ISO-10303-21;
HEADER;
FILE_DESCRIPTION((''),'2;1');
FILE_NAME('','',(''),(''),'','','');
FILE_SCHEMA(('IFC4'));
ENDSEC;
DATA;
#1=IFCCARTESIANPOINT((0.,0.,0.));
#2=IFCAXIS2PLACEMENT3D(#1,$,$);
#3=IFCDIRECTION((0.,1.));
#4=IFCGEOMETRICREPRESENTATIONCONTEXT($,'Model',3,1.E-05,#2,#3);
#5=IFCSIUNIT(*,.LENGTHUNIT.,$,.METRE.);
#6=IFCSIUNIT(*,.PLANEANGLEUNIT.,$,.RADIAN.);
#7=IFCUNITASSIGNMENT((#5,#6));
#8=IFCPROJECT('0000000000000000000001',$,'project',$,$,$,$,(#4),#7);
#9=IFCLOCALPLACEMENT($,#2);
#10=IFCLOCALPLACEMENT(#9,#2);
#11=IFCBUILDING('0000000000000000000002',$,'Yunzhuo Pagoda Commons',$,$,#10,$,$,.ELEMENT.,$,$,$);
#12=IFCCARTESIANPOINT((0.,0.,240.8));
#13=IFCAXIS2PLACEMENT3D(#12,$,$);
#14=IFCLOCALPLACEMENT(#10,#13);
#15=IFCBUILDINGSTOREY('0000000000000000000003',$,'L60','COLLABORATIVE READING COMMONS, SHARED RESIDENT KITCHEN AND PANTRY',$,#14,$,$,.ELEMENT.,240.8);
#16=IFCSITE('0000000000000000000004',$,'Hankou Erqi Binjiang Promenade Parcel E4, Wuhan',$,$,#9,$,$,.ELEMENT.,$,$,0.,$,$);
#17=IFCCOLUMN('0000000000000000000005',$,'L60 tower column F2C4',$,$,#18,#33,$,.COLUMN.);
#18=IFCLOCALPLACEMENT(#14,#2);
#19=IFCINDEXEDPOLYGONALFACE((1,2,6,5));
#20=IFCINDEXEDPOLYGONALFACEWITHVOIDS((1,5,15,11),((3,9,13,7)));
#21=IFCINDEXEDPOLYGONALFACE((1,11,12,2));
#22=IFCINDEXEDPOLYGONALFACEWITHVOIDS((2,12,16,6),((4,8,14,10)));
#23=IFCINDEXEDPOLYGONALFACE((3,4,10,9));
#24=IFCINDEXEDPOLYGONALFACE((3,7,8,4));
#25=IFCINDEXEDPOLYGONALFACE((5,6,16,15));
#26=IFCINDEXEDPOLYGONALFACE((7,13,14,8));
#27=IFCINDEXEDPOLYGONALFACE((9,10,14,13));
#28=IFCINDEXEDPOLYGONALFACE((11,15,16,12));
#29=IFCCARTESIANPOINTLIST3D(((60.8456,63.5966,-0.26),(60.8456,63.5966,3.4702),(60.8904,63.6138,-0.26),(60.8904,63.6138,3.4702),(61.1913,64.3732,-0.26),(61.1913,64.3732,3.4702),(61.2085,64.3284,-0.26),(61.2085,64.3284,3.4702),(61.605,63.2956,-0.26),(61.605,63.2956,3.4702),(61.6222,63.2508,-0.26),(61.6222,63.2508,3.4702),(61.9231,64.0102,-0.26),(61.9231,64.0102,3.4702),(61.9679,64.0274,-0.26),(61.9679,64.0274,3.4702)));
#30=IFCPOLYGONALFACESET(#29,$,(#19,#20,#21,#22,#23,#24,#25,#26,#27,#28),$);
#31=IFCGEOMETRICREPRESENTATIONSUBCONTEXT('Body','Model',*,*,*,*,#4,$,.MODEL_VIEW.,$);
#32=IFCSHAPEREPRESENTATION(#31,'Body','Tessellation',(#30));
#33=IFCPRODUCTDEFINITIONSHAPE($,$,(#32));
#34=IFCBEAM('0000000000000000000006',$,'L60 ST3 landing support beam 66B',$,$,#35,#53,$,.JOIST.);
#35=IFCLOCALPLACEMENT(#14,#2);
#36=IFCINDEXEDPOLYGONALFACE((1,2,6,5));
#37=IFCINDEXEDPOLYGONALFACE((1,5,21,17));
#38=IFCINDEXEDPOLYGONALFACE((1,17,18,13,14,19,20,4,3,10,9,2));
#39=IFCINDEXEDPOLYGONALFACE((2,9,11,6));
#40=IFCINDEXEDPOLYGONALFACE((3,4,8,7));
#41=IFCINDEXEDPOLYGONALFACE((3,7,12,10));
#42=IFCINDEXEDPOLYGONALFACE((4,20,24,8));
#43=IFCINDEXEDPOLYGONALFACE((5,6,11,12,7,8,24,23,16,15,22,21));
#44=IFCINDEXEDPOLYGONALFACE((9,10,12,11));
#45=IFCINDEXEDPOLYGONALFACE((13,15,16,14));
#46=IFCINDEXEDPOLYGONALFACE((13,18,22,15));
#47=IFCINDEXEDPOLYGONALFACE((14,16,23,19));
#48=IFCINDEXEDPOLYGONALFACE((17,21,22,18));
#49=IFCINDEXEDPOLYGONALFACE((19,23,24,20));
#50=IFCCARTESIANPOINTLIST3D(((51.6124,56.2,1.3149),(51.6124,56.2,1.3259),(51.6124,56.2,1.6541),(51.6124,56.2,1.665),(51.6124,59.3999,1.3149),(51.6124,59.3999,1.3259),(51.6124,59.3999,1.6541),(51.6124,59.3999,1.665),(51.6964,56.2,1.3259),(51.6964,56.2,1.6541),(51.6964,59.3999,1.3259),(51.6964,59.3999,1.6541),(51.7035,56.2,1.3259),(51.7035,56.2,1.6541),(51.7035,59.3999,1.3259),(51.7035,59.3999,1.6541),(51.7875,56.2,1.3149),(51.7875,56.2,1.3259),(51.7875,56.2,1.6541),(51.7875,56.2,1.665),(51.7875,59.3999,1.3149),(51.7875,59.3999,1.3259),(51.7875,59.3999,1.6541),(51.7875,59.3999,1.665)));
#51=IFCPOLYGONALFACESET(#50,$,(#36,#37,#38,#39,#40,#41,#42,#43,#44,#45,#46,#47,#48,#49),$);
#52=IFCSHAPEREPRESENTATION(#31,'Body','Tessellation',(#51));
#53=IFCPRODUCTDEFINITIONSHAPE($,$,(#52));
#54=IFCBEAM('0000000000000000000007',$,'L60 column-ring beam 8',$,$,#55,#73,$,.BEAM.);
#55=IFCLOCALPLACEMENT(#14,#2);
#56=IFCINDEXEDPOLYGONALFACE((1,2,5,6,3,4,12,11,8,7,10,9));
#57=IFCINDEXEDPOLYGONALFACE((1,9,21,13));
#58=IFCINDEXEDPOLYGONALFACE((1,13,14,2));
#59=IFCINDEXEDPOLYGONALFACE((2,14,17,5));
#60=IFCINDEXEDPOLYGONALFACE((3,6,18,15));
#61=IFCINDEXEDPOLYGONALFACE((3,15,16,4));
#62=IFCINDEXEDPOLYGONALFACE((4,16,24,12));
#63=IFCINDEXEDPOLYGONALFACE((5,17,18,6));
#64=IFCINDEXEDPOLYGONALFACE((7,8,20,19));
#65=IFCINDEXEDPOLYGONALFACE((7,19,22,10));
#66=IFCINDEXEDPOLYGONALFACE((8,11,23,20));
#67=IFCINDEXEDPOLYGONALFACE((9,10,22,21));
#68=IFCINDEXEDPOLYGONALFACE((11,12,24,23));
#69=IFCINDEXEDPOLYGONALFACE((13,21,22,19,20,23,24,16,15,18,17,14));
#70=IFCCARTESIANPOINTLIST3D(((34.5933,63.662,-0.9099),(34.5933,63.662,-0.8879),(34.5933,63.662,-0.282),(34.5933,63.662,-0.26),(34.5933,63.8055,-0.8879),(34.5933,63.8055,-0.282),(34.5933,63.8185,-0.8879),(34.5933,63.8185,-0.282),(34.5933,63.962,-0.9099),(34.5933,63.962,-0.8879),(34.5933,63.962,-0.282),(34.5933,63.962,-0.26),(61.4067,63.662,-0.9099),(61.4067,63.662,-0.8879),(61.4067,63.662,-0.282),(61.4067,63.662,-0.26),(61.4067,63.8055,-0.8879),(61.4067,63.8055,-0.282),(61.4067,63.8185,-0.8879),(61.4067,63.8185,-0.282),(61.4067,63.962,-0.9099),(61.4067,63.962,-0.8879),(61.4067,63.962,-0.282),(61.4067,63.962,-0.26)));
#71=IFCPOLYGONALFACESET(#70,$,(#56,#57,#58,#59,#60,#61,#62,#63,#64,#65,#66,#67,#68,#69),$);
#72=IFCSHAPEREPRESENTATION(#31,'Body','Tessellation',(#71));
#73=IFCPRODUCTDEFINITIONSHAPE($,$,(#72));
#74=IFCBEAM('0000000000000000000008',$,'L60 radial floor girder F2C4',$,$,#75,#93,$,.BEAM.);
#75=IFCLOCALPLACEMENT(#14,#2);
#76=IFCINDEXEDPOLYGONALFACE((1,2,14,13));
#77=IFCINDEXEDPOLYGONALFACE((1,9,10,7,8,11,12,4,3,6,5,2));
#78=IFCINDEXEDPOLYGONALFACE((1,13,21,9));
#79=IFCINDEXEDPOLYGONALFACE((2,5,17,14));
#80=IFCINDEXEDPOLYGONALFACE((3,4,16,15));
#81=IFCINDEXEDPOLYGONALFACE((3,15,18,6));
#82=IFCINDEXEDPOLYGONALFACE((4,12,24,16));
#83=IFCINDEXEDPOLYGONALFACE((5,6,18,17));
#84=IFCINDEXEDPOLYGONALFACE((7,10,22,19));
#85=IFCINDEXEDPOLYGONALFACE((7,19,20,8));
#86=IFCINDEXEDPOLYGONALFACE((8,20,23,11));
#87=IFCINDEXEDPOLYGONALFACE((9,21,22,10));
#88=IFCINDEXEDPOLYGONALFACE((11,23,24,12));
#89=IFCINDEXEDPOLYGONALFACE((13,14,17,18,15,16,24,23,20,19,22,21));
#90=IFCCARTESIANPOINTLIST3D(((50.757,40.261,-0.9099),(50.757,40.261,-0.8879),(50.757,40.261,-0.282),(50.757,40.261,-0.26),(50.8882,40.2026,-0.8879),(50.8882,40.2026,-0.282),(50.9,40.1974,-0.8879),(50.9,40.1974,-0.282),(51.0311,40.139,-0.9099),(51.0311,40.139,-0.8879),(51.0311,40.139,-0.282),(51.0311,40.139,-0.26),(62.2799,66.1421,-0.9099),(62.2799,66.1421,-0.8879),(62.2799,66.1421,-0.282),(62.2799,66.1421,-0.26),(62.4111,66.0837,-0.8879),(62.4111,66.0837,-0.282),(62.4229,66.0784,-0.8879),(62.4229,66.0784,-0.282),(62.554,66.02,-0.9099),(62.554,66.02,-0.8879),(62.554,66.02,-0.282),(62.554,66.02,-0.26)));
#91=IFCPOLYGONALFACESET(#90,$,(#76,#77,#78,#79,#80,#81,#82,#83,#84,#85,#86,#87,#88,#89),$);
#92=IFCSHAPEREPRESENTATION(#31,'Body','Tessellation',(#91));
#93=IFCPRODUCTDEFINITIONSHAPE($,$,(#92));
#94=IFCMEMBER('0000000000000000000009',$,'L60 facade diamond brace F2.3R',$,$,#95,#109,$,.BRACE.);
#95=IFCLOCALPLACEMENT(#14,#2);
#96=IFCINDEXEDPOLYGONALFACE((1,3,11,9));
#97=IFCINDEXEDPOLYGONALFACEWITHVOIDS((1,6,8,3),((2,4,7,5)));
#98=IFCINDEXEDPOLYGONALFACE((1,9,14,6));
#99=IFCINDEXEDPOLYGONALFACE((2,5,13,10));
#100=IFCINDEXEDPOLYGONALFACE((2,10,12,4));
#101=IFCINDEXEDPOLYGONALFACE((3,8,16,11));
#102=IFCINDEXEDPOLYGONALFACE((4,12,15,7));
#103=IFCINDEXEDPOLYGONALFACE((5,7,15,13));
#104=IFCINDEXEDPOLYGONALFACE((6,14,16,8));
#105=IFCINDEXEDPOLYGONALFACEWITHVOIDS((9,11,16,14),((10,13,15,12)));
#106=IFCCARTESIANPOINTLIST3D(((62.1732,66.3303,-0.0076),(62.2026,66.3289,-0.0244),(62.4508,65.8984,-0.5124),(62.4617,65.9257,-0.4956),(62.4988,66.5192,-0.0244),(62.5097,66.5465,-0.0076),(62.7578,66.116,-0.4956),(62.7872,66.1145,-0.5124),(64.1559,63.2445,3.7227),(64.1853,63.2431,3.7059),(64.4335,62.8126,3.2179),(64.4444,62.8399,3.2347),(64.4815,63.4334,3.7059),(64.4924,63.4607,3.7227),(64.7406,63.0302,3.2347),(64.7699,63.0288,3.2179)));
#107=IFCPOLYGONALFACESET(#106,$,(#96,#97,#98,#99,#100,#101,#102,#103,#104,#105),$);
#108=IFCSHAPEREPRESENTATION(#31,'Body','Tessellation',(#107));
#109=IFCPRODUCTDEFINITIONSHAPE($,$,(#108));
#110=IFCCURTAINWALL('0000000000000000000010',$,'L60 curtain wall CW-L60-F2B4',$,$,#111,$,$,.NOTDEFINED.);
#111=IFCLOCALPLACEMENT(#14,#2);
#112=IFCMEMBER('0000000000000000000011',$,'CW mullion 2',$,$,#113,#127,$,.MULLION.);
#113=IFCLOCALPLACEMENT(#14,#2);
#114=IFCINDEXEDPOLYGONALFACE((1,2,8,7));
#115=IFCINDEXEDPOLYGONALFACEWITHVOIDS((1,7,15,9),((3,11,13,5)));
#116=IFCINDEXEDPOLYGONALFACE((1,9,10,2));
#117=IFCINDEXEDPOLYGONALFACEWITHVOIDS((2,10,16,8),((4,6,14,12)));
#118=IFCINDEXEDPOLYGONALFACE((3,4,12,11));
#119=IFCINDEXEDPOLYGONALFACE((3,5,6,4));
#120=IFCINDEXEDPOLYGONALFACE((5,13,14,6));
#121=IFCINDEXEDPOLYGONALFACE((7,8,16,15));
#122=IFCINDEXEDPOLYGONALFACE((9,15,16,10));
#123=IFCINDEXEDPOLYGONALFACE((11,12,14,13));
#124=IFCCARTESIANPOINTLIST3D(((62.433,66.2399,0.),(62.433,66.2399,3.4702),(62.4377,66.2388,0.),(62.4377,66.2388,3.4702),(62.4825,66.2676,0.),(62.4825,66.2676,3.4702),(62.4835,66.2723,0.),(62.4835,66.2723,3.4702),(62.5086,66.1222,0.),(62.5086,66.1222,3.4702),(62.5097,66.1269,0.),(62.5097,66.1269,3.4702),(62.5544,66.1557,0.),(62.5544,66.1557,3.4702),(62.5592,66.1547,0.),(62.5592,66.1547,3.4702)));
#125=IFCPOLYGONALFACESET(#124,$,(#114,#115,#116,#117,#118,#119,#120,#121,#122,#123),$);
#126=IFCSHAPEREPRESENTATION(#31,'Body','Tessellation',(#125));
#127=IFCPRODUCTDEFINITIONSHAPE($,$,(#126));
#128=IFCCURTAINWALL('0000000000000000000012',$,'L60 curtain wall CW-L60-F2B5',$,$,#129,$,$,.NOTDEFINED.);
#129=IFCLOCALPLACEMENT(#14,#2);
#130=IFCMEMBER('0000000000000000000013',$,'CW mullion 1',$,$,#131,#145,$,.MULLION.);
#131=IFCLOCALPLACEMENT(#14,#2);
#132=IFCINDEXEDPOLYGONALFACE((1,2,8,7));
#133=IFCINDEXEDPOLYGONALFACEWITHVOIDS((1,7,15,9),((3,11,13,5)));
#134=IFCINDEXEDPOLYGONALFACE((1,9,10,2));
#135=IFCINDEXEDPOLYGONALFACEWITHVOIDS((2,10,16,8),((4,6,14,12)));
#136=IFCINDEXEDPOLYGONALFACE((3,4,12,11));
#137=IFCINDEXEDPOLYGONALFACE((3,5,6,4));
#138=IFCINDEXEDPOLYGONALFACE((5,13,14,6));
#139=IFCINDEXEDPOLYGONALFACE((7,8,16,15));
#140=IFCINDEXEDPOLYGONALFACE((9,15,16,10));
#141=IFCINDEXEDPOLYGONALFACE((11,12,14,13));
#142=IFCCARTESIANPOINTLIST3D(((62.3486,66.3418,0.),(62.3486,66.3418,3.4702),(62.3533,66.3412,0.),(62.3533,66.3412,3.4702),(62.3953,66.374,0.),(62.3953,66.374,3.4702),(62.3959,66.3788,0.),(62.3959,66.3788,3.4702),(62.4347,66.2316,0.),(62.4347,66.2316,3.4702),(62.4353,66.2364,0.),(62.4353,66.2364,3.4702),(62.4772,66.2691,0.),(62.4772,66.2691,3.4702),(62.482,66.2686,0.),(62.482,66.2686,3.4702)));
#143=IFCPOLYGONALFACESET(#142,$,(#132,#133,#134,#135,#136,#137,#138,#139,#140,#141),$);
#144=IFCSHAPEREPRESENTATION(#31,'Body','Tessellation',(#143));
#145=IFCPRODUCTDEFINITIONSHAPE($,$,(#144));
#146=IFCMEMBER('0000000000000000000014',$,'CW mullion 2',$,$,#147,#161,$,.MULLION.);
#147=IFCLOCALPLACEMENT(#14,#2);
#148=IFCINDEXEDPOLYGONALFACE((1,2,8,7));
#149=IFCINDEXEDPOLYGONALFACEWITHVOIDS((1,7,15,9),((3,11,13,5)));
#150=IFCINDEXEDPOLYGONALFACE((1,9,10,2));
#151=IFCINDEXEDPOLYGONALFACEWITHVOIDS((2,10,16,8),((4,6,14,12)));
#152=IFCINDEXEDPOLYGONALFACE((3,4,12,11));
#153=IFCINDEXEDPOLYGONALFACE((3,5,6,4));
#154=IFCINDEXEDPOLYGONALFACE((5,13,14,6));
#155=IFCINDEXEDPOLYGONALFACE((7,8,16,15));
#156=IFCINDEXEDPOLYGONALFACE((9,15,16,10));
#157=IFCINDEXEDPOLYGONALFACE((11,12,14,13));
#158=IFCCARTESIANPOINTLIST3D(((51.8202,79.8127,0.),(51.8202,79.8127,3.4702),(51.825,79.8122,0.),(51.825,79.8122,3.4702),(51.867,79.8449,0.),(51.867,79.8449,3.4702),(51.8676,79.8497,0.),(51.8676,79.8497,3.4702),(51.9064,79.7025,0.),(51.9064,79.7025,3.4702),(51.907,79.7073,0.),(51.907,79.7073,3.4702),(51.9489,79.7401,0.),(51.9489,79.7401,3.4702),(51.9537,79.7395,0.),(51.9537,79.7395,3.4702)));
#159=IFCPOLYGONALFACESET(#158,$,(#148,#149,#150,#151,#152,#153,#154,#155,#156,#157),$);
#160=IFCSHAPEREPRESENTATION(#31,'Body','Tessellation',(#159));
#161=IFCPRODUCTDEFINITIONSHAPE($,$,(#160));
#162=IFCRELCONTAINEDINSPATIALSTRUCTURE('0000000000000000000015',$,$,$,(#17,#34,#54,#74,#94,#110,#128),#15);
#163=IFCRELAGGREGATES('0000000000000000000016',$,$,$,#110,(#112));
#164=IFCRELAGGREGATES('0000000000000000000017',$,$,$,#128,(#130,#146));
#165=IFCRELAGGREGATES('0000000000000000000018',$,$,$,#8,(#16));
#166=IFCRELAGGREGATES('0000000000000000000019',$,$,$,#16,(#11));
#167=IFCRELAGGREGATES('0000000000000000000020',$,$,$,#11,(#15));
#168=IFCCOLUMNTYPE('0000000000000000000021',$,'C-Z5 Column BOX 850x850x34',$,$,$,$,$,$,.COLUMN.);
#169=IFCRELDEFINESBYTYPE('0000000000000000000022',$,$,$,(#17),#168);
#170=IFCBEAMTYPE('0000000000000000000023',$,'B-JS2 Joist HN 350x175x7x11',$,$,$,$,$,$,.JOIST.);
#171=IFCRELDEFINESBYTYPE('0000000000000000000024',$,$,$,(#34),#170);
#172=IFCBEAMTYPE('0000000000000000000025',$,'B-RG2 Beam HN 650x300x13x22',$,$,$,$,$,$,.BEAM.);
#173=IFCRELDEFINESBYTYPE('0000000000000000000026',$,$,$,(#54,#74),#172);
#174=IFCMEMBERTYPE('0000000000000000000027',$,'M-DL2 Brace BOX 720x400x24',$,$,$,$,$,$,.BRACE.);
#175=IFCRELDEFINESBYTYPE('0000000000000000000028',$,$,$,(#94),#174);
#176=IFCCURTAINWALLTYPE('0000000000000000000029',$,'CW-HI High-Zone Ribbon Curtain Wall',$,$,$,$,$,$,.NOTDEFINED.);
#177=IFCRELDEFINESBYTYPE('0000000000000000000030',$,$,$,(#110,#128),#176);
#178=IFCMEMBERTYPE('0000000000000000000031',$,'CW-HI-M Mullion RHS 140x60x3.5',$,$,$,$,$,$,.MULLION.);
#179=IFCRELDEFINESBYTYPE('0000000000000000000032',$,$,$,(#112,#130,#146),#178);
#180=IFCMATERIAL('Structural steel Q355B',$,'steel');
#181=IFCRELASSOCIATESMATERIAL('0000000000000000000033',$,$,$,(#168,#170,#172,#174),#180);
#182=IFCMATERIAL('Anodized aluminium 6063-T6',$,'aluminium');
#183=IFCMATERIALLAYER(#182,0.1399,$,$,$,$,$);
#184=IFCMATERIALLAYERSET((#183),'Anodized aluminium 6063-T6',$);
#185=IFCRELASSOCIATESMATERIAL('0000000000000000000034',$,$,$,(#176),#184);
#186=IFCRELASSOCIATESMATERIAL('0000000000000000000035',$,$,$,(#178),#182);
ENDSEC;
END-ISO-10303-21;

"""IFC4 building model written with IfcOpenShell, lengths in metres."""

from ifc_helpers import new_model, si_unit, direction, frame, origin, origin_2d, place, context, subcontext, project, spatial, hollow_rectangle, i_section, extrude, source, transform, mapped, material, layer, layer_set, material_profile, profile_set, type_object, element, aggregate, save


model = new_model("IFC4")

# Units and contexts
model_context = context("Model", 3, precision=1e-05, world=origin(), true_north=direction((0.0, 1.0)))
body_context = subcontext(model_context, "Body", "Model", "MODEL_VIEW")
ifc_project = project(units=[si_unit("LENGTHUNIT", "METRE"), si_unit("PLANEANGLEUNIT", "RADIAN")], contexts=[model_context])

# Site, building, storey
site_placement = place(None, origin())
site = spatial("IfcSite", under=ifc_project, at=site_placement, Name="Hankou Erqi Binjiang Promenade Parcel E4, Wuhan", CompositionType="ELEMENT", RefElevation=0.0)
building_placement = place(site_placement, origin())
building = spatial("IfcBuilding", under=site, at=building_placement, Name="Yunzhuo Pagoda Commons", CompositionType="ELEMENT")
storey_placement = place(building_placement, frame((0.0, 0.0, 240.8)))
storey = spatial("IfcBuildingStorey", under=building, at=storey_placement, Name="L60", Description="COLLABORATIVE READING COMMONS, SHARED RESIDENT KITCHEN AND PANTRY", CompositionType="ELEMENT", Elevation=240.8)

# Column
ifc_material_1 = material(Name="Structural steel Q355B", Category="steel")
ifc_material_profile_1 = material_profile(ifc_material_1, hollow_rectangle(XDim=0.8501, YDim=0.8501, WallThickness=0.0339, at=origin_2d()), Name="Structural steel Q355B")
ifc_profile_set_1 = profile_set([ifc_material_profile_1], Name="Structural steel Q355B")
column_type = type_object("IfcColumnType", Name="C-Z5 Column BOX 850x850x34", PredefinedType="COLUMN", material=ifc_profile_set_1)
shared_shape_1 = source(origin(), body_context, "Body", "SweptSolid", [
    extrude(hollow_rectangle(XDim=0.8501, YDim=0.8501, WallThickness=0.0339, at=origin_2d()), origin(), (0.0, 0.0, 1.0), 3.7302),
])
column_placement = place(storey_placement, frame((61.4067, 63.812, -0.26), z_axis=(0.0, 0.0, 1.0), x_axis=(-0.913545, 0.406737, 0.0)))
element("IfcColumn", 1, at=column_placement, inside=storey, type_object=column_type, Name="L60 tower column F2C4", PredefinedType="COLUMN", context=body_context, shape_type="MappedRepresentation", body=[
    mapped(shared_shape_1, transform((0.0, 0.0, 0.0), scale=1.0)),
])

# Beams
ifc_material_profile_2 = material_profile(ifc_material_1, i_section(OverallWidth=0.175, OverallDepth=0.3501, WebThickness=0.0071, FlangeThickness=0.011, at=origin_2d()), Name="Structural steel Q355B")
ifc_profile_set_2 = profile_set([ifc_material_profile_2], Name="Structural steel Q355B")
beam_type_1 = type_object("IfcBeamType", Name="B-JS2 Joist HN 350x175x7x11", PredefinedType="JOIST", material=ifc_profile_set_2)
shared_shape_2 = source(origin(), body_context, "Body", "SweptSolid", [
    extrude(i_section(OverallWidth=0.175, OverallDepth=0.3501, WebThickness=0.0071, FlangeThickness=0.011, at=origin_2d()), origin(), (0.0, 0.0, 1.0), 3.2),
])
beam_1_placement = place(storey_placement, frame((51.7, 56.2, 1.49), z_axis=(0.0, 1.0, 0.0), x_axis=(-1.0, 0.0, 0.0)))
element("IfcBeam", 2, at=beam_1_placement, inside=storey, type_object=beam_type_1, Name="L60 ST3 landing support beam 66B", PredefinedType="JOIST", context=body_context, shape_type="MappedRepresentation", body=[
    mapped(shared_shape_2, transform((0.0, 0.0, 0.0), scale=1.0)),
])
ifc_material_profile_3 = material_profile(ifc_material_1, i_section(OverallWidth=0.3, OverallDepth=0.6499, WebThickness=0.0129, FlangeThickness=0.022, at=origin_2d()), Name="Structural steel Q355B")
ifc_profile_set_3 = profile_set([ifc_material_profile_3], Name="Structural steel Q355B")
beam_type_2 = type_object("IfcBeamType", Name="B-RG2 Beam HN 650x300x13x22", PredefinedType="BEAM", material=ifc_profile_set_3)
shared_shape_3 = source(origin(), body_context, "Body", "SweptSolid", [
    extrude(i_section(OverallWidth=0.3, OverallDepth=0.6499, WebThickness=0.0129, FlangeThickness=0.022, at=origin_2d()), origin(), (0.0, 0.0, 1.0), 26.8135),
])
beam_2_placement = place(storey_placement, frame((61.4067, 63.812, -0.585), z_axis=(-1.0, 0.0, 0.0), x_axis=(0.0, -1.0, 0.0)))
element("IfcBeam", 3, at=beam_2_placement, inside=storey, type_object=beam_type_2, Name="L60 column-ring beam 8", PredefinedType="BEAM", context=body_context, shape_type="MappedRepresentation", body=[
    mapped(shared_shape_3, transform((0.0, 0.0, 0.0), scale=1.0)),
])
shared_shape_4 = source(origin(), body_context, "Body", "SweptSolid", [
    extrude(i_section(OverallWidth=0.3, OverallDepth=0.6499, WebThickness=0.0129, FlangeThickness=0.022, at=origin_2d()), origin(), (0.0, 0.0, 1.0), 28.3303),
])
beam_3_placement = place(storey_placement, frame((62.417, 66.0811, -0.585), z_axis=(-0.406735, -0.913546, 0.0), x_axis=(0.913546, -0.406735, 0.0)))
element("IfcBeam", 4, at=beam_3_placement, inside=storey, type_object=beam_type_2, Name="L60 radial floor girder F2C4", PredefinedType="BEAM", context=body_context, shape_type="MappedRepresentation", body=[
    mapped(shared_shape_4, transform((0.0, 0.0, 0.0), scale=1.0)),
])

# Member
ifc_material_profile_4 = material_profile(ifc_material_1, hollow_rectangle(XDim=0.3999, YDim=0.72, WallThickness=0.0239, at=origin_2d()), Name="Structural steel Q355B")
ifc_profile_set_4 = profile_set([ifc_material_profile_4], Name="Structural steel Q355B")
member_type_1 = type_object("IfcMemberType", Name="M-DL2 Brace BOX 720x400x24", PredefinedType="BRACE", material=ifc_profile_set_4)
shared_shape_5 = source(origin(), body_context, "Body", "SweptSolid", [
    extrude(hollow_rectangle(XDim=0.3999, YDim=0.72, WallThickness=0.0239, at=origin_2d()), origin(), (0.0, 0.0, 1.0), 5.2314),
])
member_1_placement = place(storey_placement, frame((62.4802, 66.2224, -0.26), z_axis=(0.378997, -0.589846, 0.713052), x_axis=(0.841302, 0.540566, 0.0)))
element("IfcMember", 5, at=member_1_placement, inside=storey, type_object=member_type_1, Name="L60 facade diamond brace F2.3R", PredefinedType="BRACE", context=body_context, shape_type="MappedRepresentation", body=[
    mapped(shared_shape_5, transform((0.0, 0.0, 0.0), scale=1.0)),
])

# Curtain wall, member
ifc_material_2 = material(Name="Anodized aluminium 6063-T6", Category="aluminium")
ifc_layer_1 = layer(ifc_material_2, 0.1399)
ifc_layer_set_1 = layer_set([ifc_layer_1], Name="Anodized aluminium 6063-T6")
curtain_wall_type = type_object("IfcCurtainWallType", Name="CW-HI High-Zone Ribbon Curtain Wall", PredefinedType="NOTDEFINED", material=ifc_layer_set_1)
curtain_wall_1_placement = place(storey_placement, origin())
curtain_wall_1 = element("IfcCurtainWall", 6, at=curtain_wall_1_placement, inside=storey, type_object=curtain_wall_type, Name="L60 curtain wall CW-L60-F2B4", PredefinedType="NOTDEFINED")
ifc_material_profile_5 = material_profile(ifc_material_2, hollow_rectangle(XDim=0.0601, YDim=0.1399, WallThickness=0.0034, at=origin_2d()), Name="Anodized aluminium 6063-T6")
ifc_profile_set_5 = profile_set([ifc_material_profile_5], Name="Anodized aluminium 6063-T6")
member_type_2 = type_object("IfcMemberType", Name="CW-HI-M Mullion RHS 140x60x3.5", PredefinedType="MULLION", material=ifc_profile_set_5)
shared_shape_6 = source(origin(), body_context, "Body", "SweptSolid", [
    extrude(hollow_rectangle(XDim=0.0601, YDim=0.1399, WallThickness=0.0034, at=origin_2d()), origin(), (0.0, 0.0, 1.0), 3.4702),
])
member_2_placement = place(storey_placement, frame((62.4961, 66.1973, 0.0), z_axis=(0.0, 0.0, 1.0), x_axis=(-0.841269, -0.540617, 0.0)))
member_2 = element("IfcMember", 7, at=member_2_placement, type_object=member_type_2, Name="CW mullion 2", PredefinedType="MULLION", context=body_context, shape_type="MappedRepresentation", body=[
    mapped(shared_shape_6, transform((0.0, 0.0, 0.0), scale=1.0)),
])

# Curtain wall, members
curtain_wall_2_placement = place(storey_placement, origin())
curtain_wall_2 = element("IfcCurtainWall", 8, at=curtain_wall_2_placement, inside=storey, type_object=curtain_wall_type, Name="L60 curtain wall CW-L60-F2B5", PredefinedType="NOTDEFINED")
member_3_placement = place(storey_placement, frame((62.4153, 66.3052, 0.0), z_axis=(0.0, 0.0, 1.0), x_axis=(-0.787911, -0.615789, 0.0)))
member_3 = element("IfcMember", 9, at=member_3_placement, type_object=member_type_2, Name="CW mullion 1", PredefinedType="MULLION", context=body_context, shape_type="MappedRepresentation", body=[
    mapped(shared_shape_6, transform((0.0, 0.0, 0.0), scale=1.0)),
])
member_4_placement = place(storey_placement, frame((51.887, 79.7761, 0.0), z_axis=(0.0, 0.0, 1.0), x_axis=(-0.787911, -0.615789, 0.0)))
member_4 = element("IfcMember", 10, at=member_4_placement, type_object=member_type_2, Name="CW mullion 2", PredefinedType="MULLION", context=body_context, shape_type="MappedRepresentation", body=[
    mapped(shared_shape_6, transform((0.0, 0.0, 0.0), scale=1.0)),
])

aggregate(curtain_wall_1, [member_2])

aggregate(curtain_wall_2, [member_3, member_4])

save(model, "model.ifc")
